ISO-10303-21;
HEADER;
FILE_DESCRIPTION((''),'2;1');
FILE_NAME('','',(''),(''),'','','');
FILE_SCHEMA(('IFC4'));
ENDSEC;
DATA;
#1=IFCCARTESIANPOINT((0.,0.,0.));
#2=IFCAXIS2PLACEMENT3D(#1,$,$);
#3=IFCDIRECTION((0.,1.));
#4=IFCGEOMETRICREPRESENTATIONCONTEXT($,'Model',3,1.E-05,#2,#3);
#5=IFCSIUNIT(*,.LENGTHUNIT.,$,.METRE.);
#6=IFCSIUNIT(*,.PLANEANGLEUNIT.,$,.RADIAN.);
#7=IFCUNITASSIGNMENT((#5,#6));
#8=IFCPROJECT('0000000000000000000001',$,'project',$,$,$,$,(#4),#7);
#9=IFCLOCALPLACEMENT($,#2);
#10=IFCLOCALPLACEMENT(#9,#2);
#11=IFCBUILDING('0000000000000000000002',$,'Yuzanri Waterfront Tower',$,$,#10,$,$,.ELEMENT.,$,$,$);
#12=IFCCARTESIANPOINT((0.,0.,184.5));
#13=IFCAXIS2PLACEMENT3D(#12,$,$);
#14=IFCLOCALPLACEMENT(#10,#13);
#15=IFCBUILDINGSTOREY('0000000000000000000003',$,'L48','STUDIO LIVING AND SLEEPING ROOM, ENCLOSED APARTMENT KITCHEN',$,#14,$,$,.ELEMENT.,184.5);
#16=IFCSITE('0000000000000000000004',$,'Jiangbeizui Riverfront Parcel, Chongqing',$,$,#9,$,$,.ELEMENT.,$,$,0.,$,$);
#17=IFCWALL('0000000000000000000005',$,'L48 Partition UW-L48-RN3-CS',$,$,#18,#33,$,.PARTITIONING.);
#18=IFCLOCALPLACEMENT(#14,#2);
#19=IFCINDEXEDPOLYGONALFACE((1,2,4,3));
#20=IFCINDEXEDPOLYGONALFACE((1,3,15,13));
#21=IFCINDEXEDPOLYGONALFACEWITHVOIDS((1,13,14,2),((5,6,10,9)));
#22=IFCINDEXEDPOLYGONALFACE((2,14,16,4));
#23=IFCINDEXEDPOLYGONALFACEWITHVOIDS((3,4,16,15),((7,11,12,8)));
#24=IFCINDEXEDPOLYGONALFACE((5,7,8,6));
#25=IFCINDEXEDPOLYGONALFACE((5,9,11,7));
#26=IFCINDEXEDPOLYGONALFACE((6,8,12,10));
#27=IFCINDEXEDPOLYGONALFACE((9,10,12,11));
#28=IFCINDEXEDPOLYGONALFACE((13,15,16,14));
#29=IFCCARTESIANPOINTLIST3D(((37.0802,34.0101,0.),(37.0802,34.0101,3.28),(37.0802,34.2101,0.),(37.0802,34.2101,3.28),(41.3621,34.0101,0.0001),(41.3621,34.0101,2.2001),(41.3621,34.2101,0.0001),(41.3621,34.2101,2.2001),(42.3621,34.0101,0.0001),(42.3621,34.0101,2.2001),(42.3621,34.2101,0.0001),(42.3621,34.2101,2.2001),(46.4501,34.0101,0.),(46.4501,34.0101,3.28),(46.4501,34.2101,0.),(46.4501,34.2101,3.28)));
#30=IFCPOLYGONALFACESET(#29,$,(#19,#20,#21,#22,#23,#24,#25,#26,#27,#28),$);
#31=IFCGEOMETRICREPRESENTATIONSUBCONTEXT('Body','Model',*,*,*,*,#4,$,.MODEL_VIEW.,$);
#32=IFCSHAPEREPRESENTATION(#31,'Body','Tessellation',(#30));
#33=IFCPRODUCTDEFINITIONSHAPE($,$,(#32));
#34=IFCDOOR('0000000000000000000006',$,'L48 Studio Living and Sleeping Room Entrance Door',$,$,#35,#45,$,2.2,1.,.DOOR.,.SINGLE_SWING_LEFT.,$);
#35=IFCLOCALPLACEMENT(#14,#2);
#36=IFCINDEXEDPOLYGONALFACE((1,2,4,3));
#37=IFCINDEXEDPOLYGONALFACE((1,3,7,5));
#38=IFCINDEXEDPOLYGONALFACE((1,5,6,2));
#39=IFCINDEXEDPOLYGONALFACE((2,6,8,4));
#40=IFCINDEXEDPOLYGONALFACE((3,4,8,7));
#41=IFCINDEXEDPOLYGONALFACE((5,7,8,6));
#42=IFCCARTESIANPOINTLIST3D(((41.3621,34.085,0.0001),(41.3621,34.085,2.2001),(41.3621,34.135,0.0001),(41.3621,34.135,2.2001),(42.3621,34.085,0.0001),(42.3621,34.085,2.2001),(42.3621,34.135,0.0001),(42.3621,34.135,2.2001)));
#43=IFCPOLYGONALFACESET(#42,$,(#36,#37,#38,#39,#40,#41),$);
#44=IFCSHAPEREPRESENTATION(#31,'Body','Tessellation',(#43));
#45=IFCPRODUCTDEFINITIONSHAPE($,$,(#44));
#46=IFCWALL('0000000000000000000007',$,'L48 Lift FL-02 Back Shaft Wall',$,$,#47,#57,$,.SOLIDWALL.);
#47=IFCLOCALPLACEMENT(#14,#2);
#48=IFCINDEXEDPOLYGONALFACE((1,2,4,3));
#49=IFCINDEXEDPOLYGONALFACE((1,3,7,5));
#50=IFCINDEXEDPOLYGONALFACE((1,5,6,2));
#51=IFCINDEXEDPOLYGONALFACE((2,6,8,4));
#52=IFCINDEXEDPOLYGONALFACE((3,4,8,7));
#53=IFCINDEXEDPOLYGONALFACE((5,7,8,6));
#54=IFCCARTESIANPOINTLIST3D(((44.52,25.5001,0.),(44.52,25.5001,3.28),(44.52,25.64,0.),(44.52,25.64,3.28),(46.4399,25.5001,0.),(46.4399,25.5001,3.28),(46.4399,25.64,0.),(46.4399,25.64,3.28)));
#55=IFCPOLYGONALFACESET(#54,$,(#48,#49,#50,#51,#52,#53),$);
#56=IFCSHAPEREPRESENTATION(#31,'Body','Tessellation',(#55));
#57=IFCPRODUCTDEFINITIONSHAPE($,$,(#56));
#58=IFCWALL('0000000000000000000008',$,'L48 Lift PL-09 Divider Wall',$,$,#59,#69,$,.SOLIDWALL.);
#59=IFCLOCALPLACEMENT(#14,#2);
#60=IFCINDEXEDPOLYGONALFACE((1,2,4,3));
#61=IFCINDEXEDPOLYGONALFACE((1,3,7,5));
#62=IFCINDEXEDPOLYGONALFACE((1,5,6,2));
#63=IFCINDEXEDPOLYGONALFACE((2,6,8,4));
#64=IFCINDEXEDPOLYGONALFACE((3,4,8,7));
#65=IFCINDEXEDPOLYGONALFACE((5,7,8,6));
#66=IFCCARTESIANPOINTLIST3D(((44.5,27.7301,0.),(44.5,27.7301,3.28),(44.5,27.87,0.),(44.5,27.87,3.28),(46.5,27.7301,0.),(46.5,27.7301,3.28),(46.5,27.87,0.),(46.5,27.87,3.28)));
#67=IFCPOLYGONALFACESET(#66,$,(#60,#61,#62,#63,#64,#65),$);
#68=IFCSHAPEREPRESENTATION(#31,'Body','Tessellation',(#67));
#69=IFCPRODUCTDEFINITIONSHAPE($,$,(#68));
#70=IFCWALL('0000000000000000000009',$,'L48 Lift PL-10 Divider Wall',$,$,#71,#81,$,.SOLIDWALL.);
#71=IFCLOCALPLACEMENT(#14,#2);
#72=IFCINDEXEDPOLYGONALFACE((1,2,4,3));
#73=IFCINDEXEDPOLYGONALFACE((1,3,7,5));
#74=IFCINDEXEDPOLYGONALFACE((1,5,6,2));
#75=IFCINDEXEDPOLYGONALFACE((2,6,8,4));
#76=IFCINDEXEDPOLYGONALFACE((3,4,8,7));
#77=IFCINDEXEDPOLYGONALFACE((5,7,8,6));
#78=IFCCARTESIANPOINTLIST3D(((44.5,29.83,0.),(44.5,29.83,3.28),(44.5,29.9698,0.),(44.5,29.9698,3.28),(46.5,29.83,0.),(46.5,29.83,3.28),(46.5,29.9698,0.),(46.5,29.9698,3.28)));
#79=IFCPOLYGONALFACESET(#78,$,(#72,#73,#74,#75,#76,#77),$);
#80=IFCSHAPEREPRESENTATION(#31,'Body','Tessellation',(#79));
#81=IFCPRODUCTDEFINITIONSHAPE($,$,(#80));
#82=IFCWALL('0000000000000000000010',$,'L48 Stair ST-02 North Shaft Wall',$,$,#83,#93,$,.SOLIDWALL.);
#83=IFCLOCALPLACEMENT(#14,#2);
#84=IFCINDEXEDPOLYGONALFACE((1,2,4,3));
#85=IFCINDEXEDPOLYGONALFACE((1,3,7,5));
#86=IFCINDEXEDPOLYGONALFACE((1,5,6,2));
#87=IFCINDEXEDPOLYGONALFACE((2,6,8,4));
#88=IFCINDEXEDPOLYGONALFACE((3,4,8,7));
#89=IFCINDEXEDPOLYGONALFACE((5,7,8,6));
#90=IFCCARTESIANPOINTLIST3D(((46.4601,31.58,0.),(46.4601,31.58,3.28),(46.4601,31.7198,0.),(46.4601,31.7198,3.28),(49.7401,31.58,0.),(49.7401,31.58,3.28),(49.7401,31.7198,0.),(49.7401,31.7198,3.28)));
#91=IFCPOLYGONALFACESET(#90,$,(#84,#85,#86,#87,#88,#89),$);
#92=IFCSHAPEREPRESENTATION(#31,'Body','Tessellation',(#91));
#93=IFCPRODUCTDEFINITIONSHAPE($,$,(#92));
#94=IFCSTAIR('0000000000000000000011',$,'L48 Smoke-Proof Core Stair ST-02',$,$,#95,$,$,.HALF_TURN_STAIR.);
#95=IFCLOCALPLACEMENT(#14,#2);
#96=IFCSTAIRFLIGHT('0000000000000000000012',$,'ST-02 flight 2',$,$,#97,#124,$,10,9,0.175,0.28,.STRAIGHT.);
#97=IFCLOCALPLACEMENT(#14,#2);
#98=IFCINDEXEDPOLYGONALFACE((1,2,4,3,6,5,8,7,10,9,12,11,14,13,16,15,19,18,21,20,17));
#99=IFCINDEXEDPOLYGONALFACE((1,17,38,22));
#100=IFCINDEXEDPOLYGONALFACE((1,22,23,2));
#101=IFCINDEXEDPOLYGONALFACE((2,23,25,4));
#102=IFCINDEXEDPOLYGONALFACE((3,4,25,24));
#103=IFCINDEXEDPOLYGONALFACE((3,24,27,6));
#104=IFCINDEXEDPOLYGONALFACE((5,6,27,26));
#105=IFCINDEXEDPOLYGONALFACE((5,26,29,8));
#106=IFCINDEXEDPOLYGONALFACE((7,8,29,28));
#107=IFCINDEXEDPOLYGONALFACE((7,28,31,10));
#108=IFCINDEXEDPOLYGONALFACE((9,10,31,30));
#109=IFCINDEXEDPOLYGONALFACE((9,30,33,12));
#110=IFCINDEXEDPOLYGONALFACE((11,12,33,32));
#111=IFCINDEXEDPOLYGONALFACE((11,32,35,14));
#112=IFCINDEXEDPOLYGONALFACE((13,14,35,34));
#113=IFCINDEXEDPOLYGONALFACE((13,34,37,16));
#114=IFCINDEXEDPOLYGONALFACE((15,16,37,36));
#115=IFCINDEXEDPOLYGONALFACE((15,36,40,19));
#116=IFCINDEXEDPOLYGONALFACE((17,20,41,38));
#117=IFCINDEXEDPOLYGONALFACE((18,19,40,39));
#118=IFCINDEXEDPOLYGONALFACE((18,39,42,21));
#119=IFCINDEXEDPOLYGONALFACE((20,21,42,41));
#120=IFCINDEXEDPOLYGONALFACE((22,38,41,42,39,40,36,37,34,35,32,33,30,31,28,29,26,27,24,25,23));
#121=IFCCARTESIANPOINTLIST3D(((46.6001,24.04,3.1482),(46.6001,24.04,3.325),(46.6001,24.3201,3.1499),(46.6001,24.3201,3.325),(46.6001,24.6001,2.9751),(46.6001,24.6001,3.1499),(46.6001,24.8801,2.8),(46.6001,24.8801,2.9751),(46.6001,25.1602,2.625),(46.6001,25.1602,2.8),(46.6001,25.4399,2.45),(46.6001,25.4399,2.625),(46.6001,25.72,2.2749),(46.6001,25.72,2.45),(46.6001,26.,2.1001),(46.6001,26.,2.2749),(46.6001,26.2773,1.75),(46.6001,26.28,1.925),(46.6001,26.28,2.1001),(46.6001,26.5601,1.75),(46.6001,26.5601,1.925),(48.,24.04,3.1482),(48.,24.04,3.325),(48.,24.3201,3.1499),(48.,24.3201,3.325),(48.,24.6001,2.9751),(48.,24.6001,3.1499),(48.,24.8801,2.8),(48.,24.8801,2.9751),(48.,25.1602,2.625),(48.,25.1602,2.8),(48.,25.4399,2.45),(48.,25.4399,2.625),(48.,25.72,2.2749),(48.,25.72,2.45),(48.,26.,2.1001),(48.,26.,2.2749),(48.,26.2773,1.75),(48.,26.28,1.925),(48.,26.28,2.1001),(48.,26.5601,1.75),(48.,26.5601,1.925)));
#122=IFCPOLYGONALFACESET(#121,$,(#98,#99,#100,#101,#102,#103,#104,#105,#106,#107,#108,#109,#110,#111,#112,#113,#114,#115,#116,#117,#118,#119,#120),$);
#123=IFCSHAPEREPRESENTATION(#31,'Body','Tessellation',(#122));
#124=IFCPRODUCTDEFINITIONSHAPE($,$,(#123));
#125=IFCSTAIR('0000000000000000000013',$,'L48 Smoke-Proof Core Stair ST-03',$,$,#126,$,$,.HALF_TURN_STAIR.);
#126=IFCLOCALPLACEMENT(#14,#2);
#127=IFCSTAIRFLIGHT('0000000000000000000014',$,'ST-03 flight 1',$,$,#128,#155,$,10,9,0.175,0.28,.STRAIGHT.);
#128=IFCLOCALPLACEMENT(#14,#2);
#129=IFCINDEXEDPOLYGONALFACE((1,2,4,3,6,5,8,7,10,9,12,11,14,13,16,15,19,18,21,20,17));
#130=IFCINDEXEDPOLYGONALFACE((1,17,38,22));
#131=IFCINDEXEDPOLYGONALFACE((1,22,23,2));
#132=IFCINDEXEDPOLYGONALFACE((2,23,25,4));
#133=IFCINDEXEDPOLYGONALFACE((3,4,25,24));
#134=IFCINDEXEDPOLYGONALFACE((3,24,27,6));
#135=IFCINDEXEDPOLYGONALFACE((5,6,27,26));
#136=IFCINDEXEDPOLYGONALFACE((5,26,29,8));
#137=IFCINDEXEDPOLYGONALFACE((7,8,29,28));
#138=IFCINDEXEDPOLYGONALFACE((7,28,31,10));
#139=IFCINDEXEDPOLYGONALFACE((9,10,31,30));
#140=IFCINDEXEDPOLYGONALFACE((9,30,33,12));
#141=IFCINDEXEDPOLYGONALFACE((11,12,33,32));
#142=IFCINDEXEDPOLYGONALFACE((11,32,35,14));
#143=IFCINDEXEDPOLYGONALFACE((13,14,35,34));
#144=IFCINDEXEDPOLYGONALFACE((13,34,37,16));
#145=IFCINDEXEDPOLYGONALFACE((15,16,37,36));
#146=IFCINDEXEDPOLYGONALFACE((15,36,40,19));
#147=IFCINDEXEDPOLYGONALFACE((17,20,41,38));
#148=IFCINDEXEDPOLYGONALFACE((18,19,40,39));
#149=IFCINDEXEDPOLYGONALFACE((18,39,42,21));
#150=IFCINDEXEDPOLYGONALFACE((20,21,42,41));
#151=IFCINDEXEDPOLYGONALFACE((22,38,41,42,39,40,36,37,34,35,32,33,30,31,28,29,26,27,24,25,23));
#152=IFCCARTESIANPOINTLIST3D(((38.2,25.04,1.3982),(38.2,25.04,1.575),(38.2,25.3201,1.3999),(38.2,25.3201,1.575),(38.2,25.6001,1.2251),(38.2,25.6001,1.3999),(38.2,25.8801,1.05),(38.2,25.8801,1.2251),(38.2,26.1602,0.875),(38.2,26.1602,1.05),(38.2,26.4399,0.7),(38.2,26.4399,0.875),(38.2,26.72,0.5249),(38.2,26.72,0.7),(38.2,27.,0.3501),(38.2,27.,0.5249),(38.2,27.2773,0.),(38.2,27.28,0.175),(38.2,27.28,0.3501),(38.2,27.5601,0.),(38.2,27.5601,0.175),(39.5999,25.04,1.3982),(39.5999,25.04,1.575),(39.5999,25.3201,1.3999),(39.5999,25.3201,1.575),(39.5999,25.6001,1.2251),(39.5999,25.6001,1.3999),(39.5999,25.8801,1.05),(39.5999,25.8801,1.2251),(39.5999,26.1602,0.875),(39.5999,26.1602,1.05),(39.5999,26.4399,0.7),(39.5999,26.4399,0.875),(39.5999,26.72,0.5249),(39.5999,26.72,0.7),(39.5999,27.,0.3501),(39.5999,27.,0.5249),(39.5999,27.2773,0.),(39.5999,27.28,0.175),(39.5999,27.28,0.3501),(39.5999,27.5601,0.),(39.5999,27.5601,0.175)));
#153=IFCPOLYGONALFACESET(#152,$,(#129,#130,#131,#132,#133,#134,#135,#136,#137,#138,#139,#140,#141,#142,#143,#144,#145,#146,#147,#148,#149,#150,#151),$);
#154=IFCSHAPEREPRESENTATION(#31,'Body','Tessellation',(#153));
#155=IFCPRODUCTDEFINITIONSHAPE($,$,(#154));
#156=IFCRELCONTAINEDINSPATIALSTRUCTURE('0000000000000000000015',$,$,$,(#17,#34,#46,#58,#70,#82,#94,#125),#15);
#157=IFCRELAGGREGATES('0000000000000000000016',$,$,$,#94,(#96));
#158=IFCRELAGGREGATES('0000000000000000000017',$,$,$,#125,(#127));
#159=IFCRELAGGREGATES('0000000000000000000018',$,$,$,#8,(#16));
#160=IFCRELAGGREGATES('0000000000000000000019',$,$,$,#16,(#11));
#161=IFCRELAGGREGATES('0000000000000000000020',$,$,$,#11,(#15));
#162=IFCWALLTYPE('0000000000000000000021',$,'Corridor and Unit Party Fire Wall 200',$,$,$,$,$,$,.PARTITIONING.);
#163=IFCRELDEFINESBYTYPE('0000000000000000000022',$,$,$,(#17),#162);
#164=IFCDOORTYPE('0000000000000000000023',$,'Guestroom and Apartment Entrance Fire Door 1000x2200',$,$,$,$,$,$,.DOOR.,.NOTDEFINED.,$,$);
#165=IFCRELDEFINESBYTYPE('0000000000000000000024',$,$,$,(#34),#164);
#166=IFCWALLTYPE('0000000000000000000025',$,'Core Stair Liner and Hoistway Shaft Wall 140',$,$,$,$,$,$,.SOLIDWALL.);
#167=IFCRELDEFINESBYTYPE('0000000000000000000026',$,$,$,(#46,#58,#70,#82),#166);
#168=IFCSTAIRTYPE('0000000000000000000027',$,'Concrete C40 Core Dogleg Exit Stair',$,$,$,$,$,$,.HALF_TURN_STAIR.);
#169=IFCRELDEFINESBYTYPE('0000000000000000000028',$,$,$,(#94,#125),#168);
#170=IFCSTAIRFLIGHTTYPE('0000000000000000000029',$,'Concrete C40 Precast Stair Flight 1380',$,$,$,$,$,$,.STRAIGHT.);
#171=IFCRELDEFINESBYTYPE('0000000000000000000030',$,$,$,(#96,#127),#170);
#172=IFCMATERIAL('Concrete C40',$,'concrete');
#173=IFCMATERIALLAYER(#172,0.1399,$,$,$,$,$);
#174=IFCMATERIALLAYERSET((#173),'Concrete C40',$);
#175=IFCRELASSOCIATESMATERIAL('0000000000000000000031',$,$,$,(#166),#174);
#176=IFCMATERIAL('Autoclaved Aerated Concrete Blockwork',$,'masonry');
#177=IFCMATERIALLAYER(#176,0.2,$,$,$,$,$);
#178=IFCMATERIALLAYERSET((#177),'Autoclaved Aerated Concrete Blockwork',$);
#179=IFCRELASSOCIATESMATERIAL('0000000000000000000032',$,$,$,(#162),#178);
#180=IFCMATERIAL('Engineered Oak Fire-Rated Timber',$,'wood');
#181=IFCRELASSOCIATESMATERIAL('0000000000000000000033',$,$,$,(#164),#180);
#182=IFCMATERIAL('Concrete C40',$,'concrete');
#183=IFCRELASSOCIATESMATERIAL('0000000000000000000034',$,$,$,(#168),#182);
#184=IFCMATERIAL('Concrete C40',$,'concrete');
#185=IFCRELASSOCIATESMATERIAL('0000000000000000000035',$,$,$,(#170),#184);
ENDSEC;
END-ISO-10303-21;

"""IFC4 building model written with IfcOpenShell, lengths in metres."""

from ifc_helpers import new_model, si_unit, direction, frame, frame_2d, origin, place, context, subcontext, project, spatial, polyline, rectangle, outline, extrude, source, transform, mapped, material, layer, layer_set, type_object, element, fill, aggregate, save


model = new_model("IFC4")

# Units and contexts
model_context = context("Model", 3, precision=1e-05, world=origin(), true_north=direction((0.0, 1.0)))
body_context = subcontext(model_context, "Body", "Model", "MODEL_VIEW")
ifc_project = project(units=[si_unit("LENGTHUNIT", "METRE"), si_unit("PLANEANGLEUNIT", "RADIAN")], contexts=[model_context])

# Site, building, storey
site_placement = place(None, origin())
site = spatial("IfcSite", under=ifc_project, at=site_placement, Name="Jiangbeizui Riverfront Parcel, Chongqing", CompositionType="ELEMENT", RefElevation=0.0)
building_placement = place(site_placement, origin())
building = spatial("IfcBuilding", under=site, at=building_placement, Name="Yuzanri Waterfront Tower", CompositionType="ELEMENT")
storey_placement = place(building_placement, frame((0.0, 0.0, 184.5)))
storey = spatial("IfcBuildingStorey", under=building, at=storey_placement, Name="L48", Description="STUDIO LIVING AND SLEEPING ROOM, ENCLOSED APARTMENT KITCHEN", CompositionType="ELEMENT", Elevation=184.5)

# Wall, opening, door
ifc_material_1 = material(Name="Concrete C40", Category="concrete")
ifc_layer_1 = layer(ifc_material_1, 0.1399)
ifc_layer_set_1 = layer_set([ifc_layer_1], Name="Concrete C40")
wall_type_1 = type_object("IfcWallType", Name="Core Stair Liner and Hoistway Shaft Wall 140", PredefinedType="SOLIDWALL", material=ifc_layer_set_1)
ifc_material_2 = material(Name="Autoclaved Aerated Concrete Blockwork", Category="masonry")
ifc_layer_2 = layer(ifc_material_2, 0.2)
ifc_layer_set_2 = layer_set([ifc_layer_2], Name="Autoclaved Aerated Concrete Blockwork")
wall_type_2 = type_object("IfcWallType", Name="Corridor and Unit Party Fire Wall 200", PredefinedType="PARTITIONING", material=ifc_layer_set_2)
wall_1_placement = place(storey_placement, frame((37.0801, 34.1101, 0.0), z_axis=(0.0, 0.0, 1.0), x_axis=(1.0, 0.0, 0.0)))
wall_1 = element("IfcWall", 1, at=wall_1_placement, inside=storey, type_object=wall_type_2, Name="L48 Partition UW-L48-RN3-CS", PredefinedType="PARTITIONING", context=body_context, shape_type="SweptSolid", body=[
    extrude(rectangle(XDim=9.3699, YDim=0.2, at=frame_2d((4.6851, 0.0))), origin(), (0.0, 0.0, 1.0), 3.28),
])
opening_1_placement = place(wall_1_placement, frame((4.282, 0.0, 0.0)))
opening_1 = element("IfcOpeningElement", 2, at=opening_1_placement, cuts=wall_1, PredefinedType="OPENING", context=body_context, shape_type="SweptSolid", body=[
    extrude(rectangle(XDim=1.0, YDim=2.2, at=frame_2d((0.5, 1.1001))), frame((0.0, 0.1147, 0.0), z_axis=(0.0, -1.0, 0.0), x_axis=(1.0, 0.0, 0.0)), (0.0, 0.0, 1.0), 0.2297),
])
ifc_material_3 = material(Name="Engineered Oak Fire-Rated Timber", Category="wood")
door_type_1 = type_object("IfcDoorType", Name="Guestroom and Apartment Entrance Fire Door 1000x2200", OperationType="NOTDEFINED", PredefinedType="DOOR", material=ifc_material_3)
shared_shape_1 = source(origin(), body_context, "Body", "SweptSolid", [
    extrude(rectangle(XDim=1.0, YDim=2.2, at=frame_2d((0.5, 1.1001))), frame((0.0, 0.0249, 0.0), z_axis=(0.0, -1.0, 0.0), x_axis=(1.0, 0.0, 0.0)), (0.0, 0.0, 1.0), 0.05),
])
door_1_placement = place(opening_1_placement, origin())
door_1 = element("IfcDoor", 3, at=door_1_placement, inside=storey, type_object=door_type_1, Name="L48 Studio Living and Sleeping Room Entrance Door", OperationType="SINGLE_SWING_LEFT", OverallHeight=2.2, OverallWidth=1.0, PredefinedType="DOOR", context=body_context, shape_type="MappedRepresentation", body=[
    mapped(shared_shape_1, transform((0.0, 0.0, 0.0), scale=1.0)),
])
fill(opening_1, door_1)

# Walls
shared_shape_2 = source(origin(), body_context, "Body", "SweptSolid", [
    extrude(rectangle(XDim=1.9199, YDim=0.1399, at=frame_2d((0.96, 0.0))), origin(), (0.0, 0.0, 1.0), 3.28),
])
wall_2_placement = place(storey_placement, frame((44.52, 25.5701, 0.0), z_axis=(0.0, 0.0, 1.0), x_axis=(1.0, 0.0, 0.0)))
element("IfcWall", 4, at=wall_2_placement, inside=storey, type_object=wall_type_1, Name="L48 Lift FL-02 Back Shaft Wall", PredefinedType="SOLIDWALL", context=body_context, shape_type="MappedRepresentation", body=[
    mapped(shared_shape_2, transform((0.0, 0.0, 0.0), scale=1.0)),
])
shared_shape_3 = source(origin(), body_context, "Body", "SweptSolid", [
    extrude(rectangle(XDim=2.0, YDim=0.1399, at=frame_2d((1.0, 0.0))), origin(), (0.0, 0.0, 1.0), 3.28),
])
for number, where, z_axis, x_axis, name in (
    (5, (44.5, 27.8, 0.0), (0.0, 0.0, 1.0), (1.0, 0.0, 0.0), "L48 Lift PL-09 Divider Wall"),
    (6, (44.5, 29.8999, 0.0), (0.0, 0.0, 1.0), (1.0, 0.0, 0.0), "L48 Lift PL-10 Divider Wall"),
):
    element("IfcWall", number, at=place(storey_placement, frame(where, z_axis=z_axis, x_axis=x_axis)), inside=storey, type_object=wall_type_1, Name=name, PredefinedType="SOLIDWALL", context=body_context, shape_type="MappedRepresentation", body=[
        mapped(shared_shape_3, transform((0.0, 0.0, 0.0), scale=1.0)),
    ])
shared_shape_4 = source(origin(), body_context, "Body", "SweptSolid", [
    extrude(rectangle(XDim=3.28, YDim=0.1399, at=frame_2d((1.6401, 0.0))), origin(), (0.0, 0.0, 1.0), 3.28),
])
wall_3_placement = place(storey_placement, frame((46.46, 31.6499, 0.0), z_axis=(0.0, 0.0, 1.0), x_axis=(1.0, 0.0, 0.0)))
element("IfcWall", 7, at=wall_3_placement, inside=storey, type_object=wall_type_1, Name="L48 Stair ST-02 North Shaft Wall", PredefinedType="SOLIDWALL", context=body_context, shape_type="MappedRepresentation", body=[
    mapped(shared_shape_4, transform((0.0, 0.0, 0.0), scale=1.0)),
])

# Stairs, stair flights
ifc_material_4 = material(Name="Concrete C40", Category="concrete")
stair_type = type_object("IfcStairType", Name="Concrete C40 Core Dogleg Exit Stair", PredefinedType="HALF_TURN_STAIR", material=ifc_material_4)
stair_1_placement = place(storey_placement, origin())
stair_1 = element("IfcStair", 8, at=stair_1_placement, inside=storey, type_object=stair_type, Name="L48 Smoke-Proof Core Stair ST-02", PredefinedType="HALF_TURN_STAIR")
ifc_material_5 = material(Name="Concrete C40", Category="concrete")
stair_flight_type = type_object("IfcStairFlightType", Name="Concrete C40 Precast Stair Flight 1380", PredefinedType="STRAIGHT", material=ifc_material_5)
shared_shape_5 = source(origin(), body_context, "Body", "SweptSolid", [
    extrude(outline(polyline([(0.0, 0.0), (0.0, 0.175), (0.28, 0.175), (0.28, 0.3501), (0.5601, 0.3501), (0.5601, 0.5249), (0.8401, 0.5249), (0.8401, 0.7), (1.1201, 0.7), (1.1201, 0.875), (1.3999, 0.875), (1.3999, 1.05), (1.6799, 1.05), (1.6799, 1.2251), (1.96, 1.2251), (1.96, 1.3999), (2.24, 1.3999), (2.24, 1.575), (2.52, 1.575), (2.52, 1.75), (2.52, 1.3982), (0.2827, 0.0), (0.0, 0.0)])), frame((0.0, 0.7, 0.0), z_axis=(0.0, -1.0, 0.0), x_axis=(1.0, 0.0, 0.0)), (0.0, 0.0, 1.0), 1.3999),
])
stair_flight_1_placement = place(storey_placement, frame((47.3, 26.5601, 1.75), z_axis=(0.0, 0.0, 1.0), x_axis=(0.0, -1.0, 0.0)))
stair_flight_1 = element("IfcStairFlight", 9, at=stair_flight_1_placement, type_object=stair_flight_type, Name="ST-02 flight 2", NumberOfRisers=10, NumberOfTreads=9, PredefinedType="STRAIGHT", RiserHeight=0.175, TreadLength=0.28, context=body_context, shape_type="MappedRepresentation", body=[
    mapped(shared_shape_5, transform((0.0, 0.0, 0.0), scale=1.0)),
])
aggregate(stair_1, [stair_flight_1])
stair_2_placement = place(storey_placement, origin())
stair_2 = element("IfcStair", 10, at=stair_2_placement, inside=storey, type_object=stair_type, Name="L48 Smoke-Proof Core Stair ST-03", PredefinedType="HALF_TURN_STAIR")
stair_flight_2_placement = place(storey_placement, frame((38.8999, 27.5601, 0.0), z_axis=(0.0, 0.0, 1.0), x_axis=(0.0, -1.0, 0.0)))
stair_flight_2 = element("IfcStairFlight", 11, at=stair_flight_2_placement, type_object=stair_flight_type, Name="ST-03 flight 1", NumberOfRisers=10, NumberOfTreads=9, PredefinedType="STRAIGHT", RiserHeight=0.175, TreadLength=0.28, context=body_context, shape_type="MappedRepresentation", body=[
    mapped(shared_shape_5, transform((0.0, 0.0, 0.0), scale=1.0)),
])
aggregate(stair_2, [stair_flight_2])

save(model, "model.ifc")
